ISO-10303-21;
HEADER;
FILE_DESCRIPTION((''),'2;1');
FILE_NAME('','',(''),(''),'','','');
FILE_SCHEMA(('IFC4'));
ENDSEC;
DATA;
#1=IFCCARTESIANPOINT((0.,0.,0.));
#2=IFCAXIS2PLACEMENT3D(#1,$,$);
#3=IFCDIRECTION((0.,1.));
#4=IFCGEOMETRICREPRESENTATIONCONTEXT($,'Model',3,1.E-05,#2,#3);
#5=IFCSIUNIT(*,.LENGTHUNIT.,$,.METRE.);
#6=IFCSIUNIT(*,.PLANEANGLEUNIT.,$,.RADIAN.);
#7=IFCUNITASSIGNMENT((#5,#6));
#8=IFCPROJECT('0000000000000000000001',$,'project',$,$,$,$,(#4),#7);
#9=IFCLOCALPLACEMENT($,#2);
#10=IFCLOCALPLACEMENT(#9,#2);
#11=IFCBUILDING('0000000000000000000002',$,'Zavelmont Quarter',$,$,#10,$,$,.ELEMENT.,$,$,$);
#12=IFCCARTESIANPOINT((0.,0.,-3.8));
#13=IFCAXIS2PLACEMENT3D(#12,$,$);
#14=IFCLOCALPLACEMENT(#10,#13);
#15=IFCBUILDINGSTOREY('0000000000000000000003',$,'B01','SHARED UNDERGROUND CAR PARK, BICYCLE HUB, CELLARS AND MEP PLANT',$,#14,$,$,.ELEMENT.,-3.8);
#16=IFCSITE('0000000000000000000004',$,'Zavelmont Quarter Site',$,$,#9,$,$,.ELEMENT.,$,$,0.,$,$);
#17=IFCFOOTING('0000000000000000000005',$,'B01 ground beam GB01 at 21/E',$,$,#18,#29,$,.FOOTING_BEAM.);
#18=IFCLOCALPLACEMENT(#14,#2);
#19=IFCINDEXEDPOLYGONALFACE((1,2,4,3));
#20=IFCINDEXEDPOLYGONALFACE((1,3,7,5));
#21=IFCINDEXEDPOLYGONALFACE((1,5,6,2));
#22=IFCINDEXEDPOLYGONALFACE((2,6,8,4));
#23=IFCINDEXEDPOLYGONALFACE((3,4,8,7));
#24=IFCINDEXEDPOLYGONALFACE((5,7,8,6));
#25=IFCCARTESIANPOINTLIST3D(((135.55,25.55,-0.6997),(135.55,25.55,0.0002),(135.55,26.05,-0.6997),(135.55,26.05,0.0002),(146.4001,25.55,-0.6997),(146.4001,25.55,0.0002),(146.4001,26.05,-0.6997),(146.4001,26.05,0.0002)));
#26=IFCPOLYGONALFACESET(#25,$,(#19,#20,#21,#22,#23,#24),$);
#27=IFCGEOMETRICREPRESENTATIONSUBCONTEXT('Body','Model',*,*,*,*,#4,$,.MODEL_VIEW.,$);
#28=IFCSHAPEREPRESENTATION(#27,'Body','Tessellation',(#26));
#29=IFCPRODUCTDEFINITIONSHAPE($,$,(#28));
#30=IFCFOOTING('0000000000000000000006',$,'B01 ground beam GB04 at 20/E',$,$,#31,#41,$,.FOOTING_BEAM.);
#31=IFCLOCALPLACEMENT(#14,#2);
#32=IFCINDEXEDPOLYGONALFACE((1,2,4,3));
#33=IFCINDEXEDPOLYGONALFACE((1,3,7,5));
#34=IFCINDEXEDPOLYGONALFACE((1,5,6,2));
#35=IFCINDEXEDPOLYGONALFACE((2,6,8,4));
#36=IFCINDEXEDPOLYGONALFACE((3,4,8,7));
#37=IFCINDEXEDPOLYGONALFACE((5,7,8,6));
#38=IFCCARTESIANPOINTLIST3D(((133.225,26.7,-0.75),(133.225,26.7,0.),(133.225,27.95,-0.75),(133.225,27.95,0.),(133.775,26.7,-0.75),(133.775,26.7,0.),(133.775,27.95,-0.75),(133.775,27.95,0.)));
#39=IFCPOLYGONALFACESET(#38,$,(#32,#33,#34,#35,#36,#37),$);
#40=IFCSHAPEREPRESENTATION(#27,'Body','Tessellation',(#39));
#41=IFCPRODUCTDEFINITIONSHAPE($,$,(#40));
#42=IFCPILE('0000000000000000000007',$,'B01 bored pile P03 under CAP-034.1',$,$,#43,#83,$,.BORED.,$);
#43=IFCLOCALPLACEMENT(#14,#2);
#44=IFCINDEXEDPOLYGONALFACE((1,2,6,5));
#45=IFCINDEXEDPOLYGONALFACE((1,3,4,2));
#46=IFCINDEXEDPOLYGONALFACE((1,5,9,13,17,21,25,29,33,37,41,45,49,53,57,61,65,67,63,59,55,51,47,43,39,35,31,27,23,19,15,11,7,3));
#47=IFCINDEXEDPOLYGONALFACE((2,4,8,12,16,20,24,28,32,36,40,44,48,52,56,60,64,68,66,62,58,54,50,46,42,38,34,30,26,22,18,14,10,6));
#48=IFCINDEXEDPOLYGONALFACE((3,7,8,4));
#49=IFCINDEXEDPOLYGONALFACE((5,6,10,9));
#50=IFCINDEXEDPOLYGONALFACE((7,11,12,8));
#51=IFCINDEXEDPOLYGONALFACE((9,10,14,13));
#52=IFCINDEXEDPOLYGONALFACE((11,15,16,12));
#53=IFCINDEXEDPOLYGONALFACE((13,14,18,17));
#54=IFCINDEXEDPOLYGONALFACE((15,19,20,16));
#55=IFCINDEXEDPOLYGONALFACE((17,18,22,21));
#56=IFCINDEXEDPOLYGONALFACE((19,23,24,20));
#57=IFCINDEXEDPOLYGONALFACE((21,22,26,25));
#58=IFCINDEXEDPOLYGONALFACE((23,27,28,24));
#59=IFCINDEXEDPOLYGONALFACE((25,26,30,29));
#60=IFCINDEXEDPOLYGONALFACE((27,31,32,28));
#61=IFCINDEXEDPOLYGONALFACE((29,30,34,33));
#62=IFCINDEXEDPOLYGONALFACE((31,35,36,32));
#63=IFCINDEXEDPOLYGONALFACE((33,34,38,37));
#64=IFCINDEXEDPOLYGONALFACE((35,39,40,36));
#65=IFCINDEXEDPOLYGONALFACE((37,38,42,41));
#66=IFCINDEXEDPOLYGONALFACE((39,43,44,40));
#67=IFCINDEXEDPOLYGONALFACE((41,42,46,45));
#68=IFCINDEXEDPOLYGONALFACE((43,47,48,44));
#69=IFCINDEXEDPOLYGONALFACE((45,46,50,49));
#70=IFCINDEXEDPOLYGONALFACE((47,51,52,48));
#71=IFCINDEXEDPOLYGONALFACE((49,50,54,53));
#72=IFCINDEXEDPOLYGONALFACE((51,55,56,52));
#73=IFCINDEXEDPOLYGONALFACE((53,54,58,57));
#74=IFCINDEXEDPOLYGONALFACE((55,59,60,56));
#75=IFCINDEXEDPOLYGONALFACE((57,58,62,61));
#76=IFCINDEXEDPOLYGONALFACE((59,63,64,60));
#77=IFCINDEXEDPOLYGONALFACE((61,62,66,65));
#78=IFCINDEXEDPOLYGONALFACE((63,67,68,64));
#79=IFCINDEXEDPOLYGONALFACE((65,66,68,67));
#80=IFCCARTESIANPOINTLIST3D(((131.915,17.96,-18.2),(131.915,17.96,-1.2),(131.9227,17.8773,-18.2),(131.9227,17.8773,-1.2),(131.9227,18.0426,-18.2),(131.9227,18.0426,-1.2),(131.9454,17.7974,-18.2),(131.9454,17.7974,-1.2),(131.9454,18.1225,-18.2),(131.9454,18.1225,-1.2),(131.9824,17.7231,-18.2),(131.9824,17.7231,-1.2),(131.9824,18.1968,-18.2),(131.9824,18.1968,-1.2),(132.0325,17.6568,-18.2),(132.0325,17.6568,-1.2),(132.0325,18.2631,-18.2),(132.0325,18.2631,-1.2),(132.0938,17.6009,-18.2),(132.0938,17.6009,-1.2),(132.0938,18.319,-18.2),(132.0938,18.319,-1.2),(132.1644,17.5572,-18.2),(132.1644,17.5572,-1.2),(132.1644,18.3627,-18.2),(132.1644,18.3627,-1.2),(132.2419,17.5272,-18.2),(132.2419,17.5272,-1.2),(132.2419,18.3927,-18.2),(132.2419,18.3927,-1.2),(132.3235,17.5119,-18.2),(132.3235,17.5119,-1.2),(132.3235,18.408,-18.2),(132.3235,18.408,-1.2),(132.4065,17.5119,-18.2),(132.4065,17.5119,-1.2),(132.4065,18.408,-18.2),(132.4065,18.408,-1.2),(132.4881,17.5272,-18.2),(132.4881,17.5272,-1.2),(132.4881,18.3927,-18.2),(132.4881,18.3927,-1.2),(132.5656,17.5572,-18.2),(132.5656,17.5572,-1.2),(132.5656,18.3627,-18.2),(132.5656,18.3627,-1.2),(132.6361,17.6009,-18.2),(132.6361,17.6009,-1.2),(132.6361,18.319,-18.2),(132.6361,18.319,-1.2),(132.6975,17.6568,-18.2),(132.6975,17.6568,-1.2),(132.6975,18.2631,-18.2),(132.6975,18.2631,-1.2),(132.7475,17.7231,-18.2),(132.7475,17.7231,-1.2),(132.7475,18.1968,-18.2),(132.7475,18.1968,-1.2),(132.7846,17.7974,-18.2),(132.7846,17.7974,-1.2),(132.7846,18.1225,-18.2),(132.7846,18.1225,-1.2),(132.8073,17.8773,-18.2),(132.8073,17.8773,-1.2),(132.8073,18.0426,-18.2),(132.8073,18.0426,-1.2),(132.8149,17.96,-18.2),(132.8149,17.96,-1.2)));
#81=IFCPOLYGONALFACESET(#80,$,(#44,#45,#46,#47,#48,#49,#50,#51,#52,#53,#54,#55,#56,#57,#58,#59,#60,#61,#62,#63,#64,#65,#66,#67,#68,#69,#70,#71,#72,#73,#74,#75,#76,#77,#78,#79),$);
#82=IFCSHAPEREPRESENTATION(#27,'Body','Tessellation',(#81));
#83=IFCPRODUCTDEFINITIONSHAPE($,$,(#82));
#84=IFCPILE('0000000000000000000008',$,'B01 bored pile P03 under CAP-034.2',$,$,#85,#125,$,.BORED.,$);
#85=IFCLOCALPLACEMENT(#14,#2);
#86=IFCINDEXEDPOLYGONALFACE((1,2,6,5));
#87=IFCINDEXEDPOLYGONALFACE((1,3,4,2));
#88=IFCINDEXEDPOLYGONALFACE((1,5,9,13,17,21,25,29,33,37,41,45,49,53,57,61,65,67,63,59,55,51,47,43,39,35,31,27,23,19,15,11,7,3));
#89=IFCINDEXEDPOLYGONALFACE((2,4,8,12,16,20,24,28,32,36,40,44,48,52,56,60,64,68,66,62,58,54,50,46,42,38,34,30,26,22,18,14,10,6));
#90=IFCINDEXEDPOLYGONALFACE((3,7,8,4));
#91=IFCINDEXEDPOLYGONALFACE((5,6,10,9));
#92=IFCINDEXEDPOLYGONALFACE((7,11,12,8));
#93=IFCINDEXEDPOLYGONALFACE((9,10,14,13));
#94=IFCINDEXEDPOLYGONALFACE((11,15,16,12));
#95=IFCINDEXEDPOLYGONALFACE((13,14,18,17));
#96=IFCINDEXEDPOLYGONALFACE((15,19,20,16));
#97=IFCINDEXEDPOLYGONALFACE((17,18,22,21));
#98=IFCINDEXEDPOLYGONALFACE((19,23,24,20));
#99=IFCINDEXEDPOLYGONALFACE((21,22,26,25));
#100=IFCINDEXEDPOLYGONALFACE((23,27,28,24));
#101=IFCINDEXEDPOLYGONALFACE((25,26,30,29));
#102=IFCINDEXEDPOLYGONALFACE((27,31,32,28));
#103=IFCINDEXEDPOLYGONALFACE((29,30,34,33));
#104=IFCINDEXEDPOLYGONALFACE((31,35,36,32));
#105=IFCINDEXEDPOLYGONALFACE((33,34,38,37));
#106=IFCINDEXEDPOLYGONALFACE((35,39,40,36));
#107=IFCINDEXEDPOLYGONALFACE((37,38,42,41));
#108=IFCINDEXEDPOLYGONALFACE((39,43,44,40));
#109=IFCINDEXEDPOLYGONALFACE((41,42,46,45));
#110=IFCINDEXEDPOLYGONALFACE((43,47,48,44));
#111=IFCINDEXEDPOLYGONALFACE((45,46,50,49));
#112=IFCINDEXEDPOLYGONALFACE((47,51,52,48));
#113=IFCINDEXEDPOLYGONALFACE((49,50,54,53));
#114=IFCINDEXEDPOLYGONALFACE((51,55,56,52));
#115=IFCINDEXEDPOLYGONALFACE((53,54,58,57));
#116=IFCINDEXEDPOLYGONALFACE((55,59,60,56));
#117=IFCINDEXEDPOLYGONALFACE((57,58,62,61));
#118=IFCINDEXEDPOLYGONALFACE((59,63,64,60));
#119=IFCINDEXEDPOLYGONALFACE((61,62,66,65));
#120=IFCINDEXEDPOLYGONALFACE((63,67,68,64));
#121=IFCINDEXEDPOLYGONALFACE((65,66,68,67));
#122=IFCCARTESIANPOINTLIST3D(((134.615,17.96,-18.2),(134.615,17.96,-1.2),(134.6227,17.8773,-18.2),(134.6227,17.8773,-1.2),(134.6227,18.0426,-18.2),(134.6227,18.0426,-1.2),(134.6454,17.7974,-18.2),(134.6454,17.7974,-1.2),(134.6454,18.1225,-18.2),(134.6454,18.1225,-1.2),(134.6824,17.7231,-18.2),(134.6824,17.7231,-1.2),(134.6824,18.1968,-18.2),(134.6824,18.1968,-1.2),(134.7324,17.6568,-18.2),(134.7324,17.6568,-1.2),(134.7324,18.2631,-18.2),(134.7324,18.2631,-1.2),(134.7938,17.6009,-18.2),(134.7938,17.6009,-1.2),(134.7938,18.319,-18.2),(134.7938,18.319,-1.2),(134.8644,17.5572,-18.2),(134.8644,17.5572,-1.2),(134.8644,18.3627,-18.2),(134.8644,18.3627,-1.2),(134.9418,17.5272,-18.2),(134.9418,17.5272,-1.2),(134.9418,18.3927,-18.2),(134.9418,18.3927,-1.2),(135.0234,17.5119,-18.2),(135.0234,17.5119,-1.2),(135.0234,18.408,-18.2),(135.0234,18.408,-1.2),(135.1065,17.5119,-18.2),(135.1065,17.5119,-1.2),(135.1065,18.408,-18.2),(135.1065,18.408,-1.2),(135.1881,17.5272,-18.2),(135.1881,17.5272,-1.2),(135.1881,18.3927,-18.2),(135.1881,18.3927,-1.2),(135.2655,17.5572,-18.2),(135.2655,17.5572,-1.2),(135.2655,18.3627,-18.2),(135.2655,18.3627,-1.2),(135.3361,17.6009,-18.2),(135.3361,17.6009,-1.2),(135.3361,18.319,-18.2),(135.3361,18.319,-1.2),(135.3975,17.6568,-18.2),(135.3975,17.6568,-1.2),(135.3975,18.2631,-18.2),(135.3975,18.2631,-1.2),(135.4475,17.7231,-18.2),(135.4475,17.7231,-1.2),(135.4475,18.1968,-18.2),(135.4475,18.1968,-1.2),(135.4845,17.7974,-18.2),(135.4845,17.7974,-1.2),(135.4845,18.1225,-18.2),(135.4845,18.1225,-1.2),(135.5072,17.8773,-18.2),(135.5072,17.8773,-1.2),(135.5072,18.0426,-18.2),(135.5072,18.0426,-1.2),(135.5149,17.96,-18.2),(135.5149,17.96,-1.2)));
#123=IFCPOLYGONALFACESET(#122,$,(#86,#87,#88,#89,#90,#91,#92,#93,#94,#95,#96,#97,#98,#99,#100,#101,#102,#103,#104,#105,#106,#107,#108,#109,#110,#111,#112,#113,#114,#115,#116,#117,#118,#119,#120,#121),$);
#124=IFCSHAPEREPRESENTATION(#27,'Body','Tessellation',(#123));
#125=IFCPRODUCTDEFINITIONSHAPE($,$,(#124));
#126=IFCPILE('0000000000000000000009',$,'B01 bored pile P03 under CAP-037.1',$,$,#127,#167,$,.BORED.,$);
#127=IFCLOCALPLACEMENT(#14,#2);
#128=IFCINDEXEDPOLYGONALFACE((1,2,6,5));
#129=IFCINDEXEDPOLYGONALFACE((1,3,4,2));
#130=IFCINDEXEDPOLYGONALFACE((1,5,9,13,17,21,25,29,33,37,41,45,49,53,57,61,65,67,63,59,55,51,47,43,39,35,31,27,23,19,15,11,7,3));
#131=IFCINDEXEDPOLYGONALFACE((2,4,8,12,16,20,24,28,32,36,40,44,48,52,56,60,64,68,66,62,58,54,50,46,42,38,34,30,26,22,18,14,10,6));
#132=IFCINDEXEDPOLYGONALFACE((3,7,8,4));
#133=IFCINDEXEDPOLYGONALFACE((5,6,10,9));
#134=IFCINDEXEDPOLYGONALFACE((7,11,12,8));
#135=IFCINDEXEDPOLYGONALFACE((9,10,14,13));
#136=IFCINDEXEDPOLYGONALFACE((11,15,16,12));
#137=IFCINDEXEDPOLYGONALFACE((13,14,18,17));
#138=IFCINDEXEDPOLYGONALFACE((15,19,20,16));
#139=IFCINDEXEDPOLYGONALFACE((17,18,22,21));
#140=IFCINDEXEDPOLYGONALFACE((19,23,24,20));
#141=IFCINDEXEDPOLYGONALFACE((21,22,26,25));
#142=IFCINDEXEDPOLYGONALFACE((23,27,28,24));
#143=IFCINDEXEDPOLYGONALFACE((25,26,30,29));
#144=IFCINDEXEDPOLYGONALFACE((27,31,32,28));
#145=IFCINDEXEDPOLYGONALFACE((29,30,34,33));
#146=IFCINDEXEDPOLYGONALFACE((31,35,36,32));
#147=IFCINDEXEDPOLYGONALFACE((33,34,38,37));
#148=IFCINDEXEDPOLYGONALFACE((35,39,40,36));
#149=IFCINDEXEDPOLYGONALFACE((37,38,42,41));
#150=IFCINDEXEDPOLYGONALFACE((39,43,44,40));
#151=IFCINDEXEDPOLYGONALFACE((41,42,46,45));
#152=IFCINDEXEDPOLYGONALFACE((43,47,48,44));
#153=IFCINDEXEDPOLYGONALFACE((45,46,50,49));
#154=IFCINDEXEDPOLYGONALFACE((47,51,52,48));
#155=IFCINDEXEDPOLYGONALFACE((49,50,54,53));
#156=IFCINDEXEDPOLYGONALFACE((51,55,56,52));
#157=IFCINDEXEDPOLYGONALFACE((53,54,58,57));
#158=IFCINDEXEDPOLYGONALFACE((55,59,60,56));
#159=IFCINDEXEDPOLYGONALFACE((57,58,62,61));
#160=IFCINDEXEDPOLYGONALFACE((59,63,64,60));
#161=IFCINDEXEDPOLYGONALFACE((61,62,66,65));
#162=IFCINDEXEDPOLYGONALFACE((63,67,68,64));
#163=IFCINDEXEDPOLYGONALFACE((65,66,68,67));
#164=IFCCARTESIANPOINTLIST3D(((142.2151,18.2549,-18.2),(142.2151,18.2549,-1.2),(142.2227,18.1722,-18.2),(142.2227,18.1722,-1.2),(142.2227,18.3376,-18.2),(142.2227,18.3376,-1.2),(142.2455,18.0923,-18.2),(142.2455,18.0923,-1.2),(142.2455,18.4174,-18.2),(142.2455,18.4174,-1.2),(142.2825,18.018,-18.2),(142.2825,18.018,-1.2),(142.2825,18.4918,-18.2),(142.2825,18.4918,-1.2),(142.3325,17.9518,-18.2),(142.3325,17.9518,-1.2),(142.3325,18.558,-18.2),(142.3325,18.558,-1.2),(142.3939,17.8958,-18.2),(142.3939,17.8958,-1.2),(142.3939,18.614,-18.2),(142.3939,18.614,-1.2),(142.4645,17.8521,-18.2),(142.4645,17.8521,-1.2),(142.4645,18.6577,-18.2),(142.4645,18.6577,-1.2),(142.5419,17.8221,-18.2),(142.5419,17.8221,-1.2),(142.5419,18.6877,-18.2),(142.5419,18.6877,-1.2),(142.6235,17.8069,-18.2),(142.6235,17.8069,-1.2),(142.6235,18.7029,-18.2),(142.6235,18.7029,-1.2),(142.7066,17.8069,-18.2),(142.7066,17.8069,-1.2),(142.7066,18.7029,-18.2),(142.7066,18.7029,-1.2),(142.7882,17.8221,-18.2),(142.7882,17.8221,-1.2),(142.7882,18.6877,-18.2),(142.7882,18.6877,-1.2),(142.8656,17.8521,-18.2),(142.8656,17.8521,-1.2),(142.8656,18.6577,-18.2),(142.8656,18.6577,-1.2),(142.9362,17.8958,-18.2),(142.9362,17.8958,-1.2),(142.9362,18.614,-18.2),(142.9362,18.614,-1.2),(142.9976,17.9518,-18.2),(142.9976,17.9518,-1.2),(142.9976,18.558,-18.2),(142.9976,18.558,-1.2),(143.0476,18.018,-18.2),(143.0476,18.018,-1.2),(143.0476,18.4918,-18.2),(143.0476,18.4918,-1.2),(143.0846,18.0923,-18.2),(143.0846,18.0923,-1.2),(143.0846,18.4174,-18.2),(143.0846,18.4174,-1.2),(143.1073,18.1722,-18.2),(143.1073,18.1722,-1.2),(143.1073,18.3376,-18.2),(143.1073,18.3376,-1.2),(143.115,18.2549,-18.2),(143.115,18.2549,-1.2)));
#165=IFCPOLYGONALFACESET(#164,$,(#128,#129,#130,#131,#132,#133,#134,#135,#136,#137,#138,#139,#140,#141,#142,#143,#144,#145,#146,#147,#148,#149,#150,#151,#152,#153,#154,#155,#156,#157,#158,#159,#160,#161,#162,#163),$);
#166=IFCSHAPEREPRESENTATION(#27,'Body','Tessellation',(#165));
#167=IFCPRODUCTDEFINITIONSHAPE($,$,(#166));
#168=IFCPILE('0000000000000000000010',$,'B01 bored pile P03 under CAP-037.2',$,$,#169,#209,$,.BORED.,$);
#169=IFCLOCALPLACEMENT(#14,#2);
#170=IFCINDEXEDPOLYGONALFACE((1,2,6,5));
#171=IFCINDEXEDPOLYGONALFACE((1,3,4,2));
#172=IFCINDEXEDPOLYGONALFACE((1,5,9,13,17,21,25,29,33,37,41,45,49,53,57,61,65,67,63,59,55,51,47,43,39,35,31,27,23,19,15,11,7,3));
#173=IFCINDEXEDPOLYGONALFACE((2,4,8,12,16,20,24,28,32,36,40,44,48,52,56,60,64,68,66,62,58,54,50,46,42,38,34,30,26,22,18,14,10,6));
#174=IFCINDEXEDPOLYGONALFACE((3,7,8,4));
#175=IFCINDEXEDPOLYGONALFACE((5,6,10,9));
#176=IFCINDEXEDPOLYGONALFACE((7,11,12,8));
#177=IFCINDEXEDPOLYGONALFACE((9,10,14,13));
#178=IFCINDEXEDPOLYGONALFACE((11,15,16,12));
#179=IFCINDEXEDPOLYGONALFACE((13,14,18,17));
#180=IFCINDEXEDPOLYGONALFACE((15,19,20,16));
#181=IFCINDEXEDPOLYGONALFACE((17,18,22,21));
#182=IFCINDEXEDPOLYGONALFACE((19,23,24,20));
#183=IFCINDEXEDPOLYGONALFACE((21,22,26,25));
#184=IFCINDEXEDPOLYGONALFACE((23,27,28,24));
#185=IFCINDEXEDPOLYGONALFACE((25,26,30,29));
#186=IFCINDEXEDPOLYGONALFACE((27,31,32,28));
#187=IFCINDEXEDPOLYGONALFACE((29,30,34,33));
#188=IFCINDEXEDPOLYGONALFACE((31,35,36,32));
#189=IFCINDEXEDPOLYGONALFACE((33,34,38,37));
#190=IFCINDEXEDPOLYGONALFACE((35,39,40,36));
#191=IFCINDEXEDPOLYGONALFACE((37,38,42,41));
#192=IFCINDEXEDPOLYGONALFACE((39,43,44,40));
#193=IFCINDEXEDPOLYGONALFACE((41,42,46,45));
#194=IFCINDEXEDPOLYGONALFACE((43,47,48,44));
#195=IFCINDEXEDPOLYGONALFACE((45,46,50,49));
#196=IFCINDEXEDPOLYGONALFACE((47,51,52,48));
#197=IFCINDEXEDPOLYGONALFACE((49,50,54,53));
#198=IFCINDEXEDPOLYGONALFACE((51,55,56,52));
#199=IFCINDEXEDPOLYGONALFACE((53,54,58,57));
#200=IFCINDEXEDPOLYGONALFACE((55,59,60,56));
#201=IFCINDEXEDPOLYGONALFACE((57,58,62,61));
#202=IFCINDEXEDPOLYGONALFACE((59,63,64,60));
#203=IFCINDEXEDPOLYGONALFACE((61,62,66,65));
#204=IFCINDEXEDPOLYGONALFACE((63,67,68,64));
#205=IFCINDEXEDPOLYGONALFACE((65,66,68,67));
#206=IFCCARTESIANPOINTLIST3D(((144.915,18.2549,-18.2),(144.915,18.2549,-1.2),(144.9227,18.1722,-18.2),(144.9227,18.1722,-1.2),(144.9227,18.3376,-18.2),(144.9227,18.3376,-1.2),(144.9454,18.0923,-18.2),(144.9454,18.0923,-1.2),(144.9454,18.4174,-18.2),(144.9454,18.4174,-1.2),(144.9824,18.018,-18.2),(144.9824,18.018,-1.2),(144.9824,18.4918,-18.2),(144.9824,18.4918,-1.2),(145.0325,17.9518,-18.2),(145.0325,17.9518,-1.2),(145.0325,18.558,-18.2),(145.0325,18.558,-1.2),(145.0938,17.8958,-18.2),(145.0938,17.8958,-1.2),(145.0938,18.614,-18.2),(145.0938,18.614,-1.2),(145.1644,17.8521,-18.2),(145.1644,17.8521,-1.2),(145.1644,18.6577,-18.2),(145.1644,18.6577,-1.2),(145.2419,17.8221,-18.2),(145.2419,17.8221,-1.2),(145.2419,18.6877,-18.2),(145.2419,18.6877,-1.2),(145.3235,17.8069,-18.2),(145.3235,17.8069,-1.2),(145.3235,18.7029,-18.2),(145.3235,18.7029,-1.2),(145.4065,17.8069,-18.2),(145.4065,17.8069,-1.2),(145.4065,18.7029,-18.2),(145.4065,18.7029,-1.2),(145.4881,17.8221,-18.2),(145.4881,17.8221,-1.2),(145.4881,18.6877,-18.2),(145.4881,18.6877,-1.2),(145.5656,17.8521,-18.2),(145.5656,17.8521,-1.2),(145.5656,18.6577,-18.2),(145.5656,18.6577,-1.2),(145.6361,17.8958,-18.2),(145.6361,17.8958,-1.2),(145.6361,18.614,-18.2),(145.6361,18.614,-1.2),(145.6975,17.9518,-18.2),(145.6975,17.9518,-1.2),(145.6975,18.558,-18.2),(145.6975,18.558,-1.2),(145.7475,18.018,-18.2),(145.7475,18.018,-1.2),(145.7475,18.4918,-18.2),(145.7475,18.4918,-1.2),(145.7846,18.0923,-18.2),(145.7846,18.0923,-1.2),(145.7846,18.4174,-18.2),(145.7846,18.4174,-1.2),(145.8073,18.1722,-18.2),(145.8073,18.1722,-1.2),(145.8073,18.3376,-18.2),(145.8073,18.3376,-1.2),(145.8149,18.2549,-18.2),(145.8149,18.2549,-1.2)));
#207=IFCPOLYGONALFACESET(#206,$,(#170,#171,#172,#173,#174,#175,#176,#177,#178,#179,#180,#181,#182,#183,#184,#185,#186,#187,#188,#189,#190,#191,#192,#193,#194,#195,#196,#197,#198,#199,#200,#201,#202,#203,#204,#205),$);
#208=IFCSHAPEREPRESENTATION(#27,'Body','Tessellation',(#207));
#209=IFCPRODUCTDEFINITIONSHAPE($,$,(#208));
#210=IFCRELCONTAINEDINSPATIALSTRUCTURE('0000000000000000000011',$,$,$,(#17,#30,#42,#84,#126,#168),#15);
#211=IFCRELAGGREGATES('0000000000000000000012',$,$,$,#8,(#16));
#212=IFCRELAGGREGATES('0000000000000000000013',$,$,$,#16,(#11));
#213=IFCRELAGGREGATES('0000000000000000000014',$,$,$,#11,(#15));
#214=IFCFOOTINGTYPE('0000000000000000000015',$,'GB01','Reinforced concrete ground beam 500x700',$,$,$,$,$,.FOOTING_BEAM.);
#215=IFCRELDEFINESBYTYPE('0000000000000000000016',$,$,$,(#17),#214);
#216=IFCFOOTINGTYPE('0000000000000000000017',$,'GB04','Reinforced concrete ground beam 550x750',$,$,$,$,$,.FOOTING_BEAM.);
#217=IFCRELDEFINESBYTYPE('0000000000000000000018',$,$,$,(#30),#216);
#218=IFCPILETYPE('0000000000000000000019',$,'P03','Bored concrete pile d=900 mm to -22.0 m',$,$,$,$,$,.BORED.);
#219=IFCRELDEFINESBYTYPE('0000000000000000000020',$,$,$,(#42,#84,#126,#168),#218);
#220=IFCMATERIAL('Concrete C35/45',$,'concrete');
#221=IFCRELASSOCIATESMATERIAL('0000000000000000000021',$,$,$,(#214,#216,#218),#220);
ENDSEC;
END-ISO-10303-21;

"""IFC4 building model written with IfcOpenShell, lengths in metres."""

from ifc_helpers import new_model, si_unit, direction, frame, origin, origin_2d, place, context, subcontext, project, spatial, rectangle, circle, extrude, material, material_profile, profile_set, type_object, element, save


model = new_model("IFC4")

# Units and contexts
model_context = context("Model", 3, precision=1e-05, world=origin(), true_north=direction((0.0, 1.0)))
body_context = subcontext(model_context, "Body", "Model", "MODEL_VIEW")
ifc_project = project(units=[si_unit("LENGTHUNIT", "METRE"), si_unit("PLANEANGLEUNIT", "RADIAN")], contexts=[model_context])

# Site, building, storey
site_placement = place(None, origin())
site = spatial("IfcSite", under=ifc_project, at=site_placement, Name="Zavelmont Quarter Site", CompositionType="ELEMENT", RefElevation=0.0)
building_placement = place(site_placement, origin())
building = spatial("IfcBuilding", under=site, at=building_placement, Name="Zavelmont Quarter", CompositionType="ELEMENT")
storey_placement = place(building_placement, frame((0.0, 0.0, -3.8)))
storey = spatial("IfcBuildingStorey", under=building, at=storey_placement, Name="B01", Description="SHARED UNDERGROUND CAR PARK, BICYCLE HUB, CELLARS AND MEP PLANT", CompositionType="ELEMENT", Elevation=-3.8)

# Footings
ifc_material_1 = material(Name="Concrete C35/45", Category="concrete")
footing_type_1 = type_object("IfcFootingType", Name="GB01", Description="Reinforced concrete ground beam 500x700", PredefinedType="FOOTING_BEAM", material=ifc_material_1)
footing_1_placement = place(storey_placement, frame((140.9751, 25.8, -0.6997), z_axis=(0.0, 0.0, 1.0), x_axis=(1.0, 0.0, 0.0)))
element("IfcFooting", 1, at=footing_1_placement, inside=storey, type_object=footing_type_1, Name="B01 ground beam GB01 at 21/E", PredefinedType="FOOTING_BEAM", context=body_context, shape_type="SweptSolid", body=[
    extrude(rectangle(XDim=10.8501, YDim=0.5, at=origin_2d()), origin(), (0.0, 0.0, 1.0), 0.7),
])
footing_type_2 = type_object("IfcFootingType", Name="GB04", Description="Reinforced concrete ground beam 550x750", PredefinedType="FOOTING_BEAM", material=ifc_material_1)
footing_2_placement = place(storey_placement, frame((133.5, 27.325, -0.75), z_axis=(0.0, 0.0, 1.0), x_axis=(0.0, 1.0, 0.0)))
element("IfcFooting", 2, at=footing_2_placement, inside=storey, type_object=footing_type_2, Name="B01 ground beam GB04 at 20/E", PredefinedType="FOOTING_BEAM", context=body_context, shape_type="SweptSolid", body=[
    extrude(rectangle(XDim=1.25, YDim=0.55, at=origin_2d()), origin(), (0.0, 0.0, 1.0), 0.75),
])

# Piles
ifc_material_profile_1 = material_profile(ifc_material_1, circle(Radius=0.45, at=origin_2d()), Name="BP900")
ifc_profile_set_1 = profile_set([ifc_material_profile_1], Name="Concrete C35/45")
pile_type_1 = type_object("IfcPileType", Name="P03", Description="Bored concrete pile d=900 mm to -22.0 m", PredefinedType="BORED", material=ifc_profile_set_1)
for number, where, z_axis, x_axis, name in (
    (3, (132.365, 17.96, -1.2), (0.0, 0.0, -1.0), (1.0, 0.0, 0.0), "B01 bored pile P03 under CAP-034.1"),
    (4, (135.0649, 17.96, -1.2), (0.0, 0.0, -1.0), (1.0, 0.0, 0.0), "B01 bored pile P03 under CAP-034.2"),
    (5, (142.665, 18.2549, -1.2), (0.0, 0.0, -1.0), (1.0, 0.0, 0.0), "B01 bored pile P03 under CAP-037.1"),
    (6, (145.365, 18.2549, -1.2), (0.0, 0.0, -1.0), (1.0, 0.0, 0.0), "B01 bored pile P03 under CAP-037.2"),
):
    element("IfcPile", number, at=place(storey_placement, frame(where, z_axis=z_axis, x_axis=x_axis)), inside=storey, type_object=pile_type_1, Name=name, PredefinedType="BORED", context=body_context, shape_type="SweptSolid", body=[
        extrude(circle(Radius=0.45, at=origin_2d()), origin(), (0.0, 0.0, 1.0), 17.0),
    ])

save(model, "model.ifc")
